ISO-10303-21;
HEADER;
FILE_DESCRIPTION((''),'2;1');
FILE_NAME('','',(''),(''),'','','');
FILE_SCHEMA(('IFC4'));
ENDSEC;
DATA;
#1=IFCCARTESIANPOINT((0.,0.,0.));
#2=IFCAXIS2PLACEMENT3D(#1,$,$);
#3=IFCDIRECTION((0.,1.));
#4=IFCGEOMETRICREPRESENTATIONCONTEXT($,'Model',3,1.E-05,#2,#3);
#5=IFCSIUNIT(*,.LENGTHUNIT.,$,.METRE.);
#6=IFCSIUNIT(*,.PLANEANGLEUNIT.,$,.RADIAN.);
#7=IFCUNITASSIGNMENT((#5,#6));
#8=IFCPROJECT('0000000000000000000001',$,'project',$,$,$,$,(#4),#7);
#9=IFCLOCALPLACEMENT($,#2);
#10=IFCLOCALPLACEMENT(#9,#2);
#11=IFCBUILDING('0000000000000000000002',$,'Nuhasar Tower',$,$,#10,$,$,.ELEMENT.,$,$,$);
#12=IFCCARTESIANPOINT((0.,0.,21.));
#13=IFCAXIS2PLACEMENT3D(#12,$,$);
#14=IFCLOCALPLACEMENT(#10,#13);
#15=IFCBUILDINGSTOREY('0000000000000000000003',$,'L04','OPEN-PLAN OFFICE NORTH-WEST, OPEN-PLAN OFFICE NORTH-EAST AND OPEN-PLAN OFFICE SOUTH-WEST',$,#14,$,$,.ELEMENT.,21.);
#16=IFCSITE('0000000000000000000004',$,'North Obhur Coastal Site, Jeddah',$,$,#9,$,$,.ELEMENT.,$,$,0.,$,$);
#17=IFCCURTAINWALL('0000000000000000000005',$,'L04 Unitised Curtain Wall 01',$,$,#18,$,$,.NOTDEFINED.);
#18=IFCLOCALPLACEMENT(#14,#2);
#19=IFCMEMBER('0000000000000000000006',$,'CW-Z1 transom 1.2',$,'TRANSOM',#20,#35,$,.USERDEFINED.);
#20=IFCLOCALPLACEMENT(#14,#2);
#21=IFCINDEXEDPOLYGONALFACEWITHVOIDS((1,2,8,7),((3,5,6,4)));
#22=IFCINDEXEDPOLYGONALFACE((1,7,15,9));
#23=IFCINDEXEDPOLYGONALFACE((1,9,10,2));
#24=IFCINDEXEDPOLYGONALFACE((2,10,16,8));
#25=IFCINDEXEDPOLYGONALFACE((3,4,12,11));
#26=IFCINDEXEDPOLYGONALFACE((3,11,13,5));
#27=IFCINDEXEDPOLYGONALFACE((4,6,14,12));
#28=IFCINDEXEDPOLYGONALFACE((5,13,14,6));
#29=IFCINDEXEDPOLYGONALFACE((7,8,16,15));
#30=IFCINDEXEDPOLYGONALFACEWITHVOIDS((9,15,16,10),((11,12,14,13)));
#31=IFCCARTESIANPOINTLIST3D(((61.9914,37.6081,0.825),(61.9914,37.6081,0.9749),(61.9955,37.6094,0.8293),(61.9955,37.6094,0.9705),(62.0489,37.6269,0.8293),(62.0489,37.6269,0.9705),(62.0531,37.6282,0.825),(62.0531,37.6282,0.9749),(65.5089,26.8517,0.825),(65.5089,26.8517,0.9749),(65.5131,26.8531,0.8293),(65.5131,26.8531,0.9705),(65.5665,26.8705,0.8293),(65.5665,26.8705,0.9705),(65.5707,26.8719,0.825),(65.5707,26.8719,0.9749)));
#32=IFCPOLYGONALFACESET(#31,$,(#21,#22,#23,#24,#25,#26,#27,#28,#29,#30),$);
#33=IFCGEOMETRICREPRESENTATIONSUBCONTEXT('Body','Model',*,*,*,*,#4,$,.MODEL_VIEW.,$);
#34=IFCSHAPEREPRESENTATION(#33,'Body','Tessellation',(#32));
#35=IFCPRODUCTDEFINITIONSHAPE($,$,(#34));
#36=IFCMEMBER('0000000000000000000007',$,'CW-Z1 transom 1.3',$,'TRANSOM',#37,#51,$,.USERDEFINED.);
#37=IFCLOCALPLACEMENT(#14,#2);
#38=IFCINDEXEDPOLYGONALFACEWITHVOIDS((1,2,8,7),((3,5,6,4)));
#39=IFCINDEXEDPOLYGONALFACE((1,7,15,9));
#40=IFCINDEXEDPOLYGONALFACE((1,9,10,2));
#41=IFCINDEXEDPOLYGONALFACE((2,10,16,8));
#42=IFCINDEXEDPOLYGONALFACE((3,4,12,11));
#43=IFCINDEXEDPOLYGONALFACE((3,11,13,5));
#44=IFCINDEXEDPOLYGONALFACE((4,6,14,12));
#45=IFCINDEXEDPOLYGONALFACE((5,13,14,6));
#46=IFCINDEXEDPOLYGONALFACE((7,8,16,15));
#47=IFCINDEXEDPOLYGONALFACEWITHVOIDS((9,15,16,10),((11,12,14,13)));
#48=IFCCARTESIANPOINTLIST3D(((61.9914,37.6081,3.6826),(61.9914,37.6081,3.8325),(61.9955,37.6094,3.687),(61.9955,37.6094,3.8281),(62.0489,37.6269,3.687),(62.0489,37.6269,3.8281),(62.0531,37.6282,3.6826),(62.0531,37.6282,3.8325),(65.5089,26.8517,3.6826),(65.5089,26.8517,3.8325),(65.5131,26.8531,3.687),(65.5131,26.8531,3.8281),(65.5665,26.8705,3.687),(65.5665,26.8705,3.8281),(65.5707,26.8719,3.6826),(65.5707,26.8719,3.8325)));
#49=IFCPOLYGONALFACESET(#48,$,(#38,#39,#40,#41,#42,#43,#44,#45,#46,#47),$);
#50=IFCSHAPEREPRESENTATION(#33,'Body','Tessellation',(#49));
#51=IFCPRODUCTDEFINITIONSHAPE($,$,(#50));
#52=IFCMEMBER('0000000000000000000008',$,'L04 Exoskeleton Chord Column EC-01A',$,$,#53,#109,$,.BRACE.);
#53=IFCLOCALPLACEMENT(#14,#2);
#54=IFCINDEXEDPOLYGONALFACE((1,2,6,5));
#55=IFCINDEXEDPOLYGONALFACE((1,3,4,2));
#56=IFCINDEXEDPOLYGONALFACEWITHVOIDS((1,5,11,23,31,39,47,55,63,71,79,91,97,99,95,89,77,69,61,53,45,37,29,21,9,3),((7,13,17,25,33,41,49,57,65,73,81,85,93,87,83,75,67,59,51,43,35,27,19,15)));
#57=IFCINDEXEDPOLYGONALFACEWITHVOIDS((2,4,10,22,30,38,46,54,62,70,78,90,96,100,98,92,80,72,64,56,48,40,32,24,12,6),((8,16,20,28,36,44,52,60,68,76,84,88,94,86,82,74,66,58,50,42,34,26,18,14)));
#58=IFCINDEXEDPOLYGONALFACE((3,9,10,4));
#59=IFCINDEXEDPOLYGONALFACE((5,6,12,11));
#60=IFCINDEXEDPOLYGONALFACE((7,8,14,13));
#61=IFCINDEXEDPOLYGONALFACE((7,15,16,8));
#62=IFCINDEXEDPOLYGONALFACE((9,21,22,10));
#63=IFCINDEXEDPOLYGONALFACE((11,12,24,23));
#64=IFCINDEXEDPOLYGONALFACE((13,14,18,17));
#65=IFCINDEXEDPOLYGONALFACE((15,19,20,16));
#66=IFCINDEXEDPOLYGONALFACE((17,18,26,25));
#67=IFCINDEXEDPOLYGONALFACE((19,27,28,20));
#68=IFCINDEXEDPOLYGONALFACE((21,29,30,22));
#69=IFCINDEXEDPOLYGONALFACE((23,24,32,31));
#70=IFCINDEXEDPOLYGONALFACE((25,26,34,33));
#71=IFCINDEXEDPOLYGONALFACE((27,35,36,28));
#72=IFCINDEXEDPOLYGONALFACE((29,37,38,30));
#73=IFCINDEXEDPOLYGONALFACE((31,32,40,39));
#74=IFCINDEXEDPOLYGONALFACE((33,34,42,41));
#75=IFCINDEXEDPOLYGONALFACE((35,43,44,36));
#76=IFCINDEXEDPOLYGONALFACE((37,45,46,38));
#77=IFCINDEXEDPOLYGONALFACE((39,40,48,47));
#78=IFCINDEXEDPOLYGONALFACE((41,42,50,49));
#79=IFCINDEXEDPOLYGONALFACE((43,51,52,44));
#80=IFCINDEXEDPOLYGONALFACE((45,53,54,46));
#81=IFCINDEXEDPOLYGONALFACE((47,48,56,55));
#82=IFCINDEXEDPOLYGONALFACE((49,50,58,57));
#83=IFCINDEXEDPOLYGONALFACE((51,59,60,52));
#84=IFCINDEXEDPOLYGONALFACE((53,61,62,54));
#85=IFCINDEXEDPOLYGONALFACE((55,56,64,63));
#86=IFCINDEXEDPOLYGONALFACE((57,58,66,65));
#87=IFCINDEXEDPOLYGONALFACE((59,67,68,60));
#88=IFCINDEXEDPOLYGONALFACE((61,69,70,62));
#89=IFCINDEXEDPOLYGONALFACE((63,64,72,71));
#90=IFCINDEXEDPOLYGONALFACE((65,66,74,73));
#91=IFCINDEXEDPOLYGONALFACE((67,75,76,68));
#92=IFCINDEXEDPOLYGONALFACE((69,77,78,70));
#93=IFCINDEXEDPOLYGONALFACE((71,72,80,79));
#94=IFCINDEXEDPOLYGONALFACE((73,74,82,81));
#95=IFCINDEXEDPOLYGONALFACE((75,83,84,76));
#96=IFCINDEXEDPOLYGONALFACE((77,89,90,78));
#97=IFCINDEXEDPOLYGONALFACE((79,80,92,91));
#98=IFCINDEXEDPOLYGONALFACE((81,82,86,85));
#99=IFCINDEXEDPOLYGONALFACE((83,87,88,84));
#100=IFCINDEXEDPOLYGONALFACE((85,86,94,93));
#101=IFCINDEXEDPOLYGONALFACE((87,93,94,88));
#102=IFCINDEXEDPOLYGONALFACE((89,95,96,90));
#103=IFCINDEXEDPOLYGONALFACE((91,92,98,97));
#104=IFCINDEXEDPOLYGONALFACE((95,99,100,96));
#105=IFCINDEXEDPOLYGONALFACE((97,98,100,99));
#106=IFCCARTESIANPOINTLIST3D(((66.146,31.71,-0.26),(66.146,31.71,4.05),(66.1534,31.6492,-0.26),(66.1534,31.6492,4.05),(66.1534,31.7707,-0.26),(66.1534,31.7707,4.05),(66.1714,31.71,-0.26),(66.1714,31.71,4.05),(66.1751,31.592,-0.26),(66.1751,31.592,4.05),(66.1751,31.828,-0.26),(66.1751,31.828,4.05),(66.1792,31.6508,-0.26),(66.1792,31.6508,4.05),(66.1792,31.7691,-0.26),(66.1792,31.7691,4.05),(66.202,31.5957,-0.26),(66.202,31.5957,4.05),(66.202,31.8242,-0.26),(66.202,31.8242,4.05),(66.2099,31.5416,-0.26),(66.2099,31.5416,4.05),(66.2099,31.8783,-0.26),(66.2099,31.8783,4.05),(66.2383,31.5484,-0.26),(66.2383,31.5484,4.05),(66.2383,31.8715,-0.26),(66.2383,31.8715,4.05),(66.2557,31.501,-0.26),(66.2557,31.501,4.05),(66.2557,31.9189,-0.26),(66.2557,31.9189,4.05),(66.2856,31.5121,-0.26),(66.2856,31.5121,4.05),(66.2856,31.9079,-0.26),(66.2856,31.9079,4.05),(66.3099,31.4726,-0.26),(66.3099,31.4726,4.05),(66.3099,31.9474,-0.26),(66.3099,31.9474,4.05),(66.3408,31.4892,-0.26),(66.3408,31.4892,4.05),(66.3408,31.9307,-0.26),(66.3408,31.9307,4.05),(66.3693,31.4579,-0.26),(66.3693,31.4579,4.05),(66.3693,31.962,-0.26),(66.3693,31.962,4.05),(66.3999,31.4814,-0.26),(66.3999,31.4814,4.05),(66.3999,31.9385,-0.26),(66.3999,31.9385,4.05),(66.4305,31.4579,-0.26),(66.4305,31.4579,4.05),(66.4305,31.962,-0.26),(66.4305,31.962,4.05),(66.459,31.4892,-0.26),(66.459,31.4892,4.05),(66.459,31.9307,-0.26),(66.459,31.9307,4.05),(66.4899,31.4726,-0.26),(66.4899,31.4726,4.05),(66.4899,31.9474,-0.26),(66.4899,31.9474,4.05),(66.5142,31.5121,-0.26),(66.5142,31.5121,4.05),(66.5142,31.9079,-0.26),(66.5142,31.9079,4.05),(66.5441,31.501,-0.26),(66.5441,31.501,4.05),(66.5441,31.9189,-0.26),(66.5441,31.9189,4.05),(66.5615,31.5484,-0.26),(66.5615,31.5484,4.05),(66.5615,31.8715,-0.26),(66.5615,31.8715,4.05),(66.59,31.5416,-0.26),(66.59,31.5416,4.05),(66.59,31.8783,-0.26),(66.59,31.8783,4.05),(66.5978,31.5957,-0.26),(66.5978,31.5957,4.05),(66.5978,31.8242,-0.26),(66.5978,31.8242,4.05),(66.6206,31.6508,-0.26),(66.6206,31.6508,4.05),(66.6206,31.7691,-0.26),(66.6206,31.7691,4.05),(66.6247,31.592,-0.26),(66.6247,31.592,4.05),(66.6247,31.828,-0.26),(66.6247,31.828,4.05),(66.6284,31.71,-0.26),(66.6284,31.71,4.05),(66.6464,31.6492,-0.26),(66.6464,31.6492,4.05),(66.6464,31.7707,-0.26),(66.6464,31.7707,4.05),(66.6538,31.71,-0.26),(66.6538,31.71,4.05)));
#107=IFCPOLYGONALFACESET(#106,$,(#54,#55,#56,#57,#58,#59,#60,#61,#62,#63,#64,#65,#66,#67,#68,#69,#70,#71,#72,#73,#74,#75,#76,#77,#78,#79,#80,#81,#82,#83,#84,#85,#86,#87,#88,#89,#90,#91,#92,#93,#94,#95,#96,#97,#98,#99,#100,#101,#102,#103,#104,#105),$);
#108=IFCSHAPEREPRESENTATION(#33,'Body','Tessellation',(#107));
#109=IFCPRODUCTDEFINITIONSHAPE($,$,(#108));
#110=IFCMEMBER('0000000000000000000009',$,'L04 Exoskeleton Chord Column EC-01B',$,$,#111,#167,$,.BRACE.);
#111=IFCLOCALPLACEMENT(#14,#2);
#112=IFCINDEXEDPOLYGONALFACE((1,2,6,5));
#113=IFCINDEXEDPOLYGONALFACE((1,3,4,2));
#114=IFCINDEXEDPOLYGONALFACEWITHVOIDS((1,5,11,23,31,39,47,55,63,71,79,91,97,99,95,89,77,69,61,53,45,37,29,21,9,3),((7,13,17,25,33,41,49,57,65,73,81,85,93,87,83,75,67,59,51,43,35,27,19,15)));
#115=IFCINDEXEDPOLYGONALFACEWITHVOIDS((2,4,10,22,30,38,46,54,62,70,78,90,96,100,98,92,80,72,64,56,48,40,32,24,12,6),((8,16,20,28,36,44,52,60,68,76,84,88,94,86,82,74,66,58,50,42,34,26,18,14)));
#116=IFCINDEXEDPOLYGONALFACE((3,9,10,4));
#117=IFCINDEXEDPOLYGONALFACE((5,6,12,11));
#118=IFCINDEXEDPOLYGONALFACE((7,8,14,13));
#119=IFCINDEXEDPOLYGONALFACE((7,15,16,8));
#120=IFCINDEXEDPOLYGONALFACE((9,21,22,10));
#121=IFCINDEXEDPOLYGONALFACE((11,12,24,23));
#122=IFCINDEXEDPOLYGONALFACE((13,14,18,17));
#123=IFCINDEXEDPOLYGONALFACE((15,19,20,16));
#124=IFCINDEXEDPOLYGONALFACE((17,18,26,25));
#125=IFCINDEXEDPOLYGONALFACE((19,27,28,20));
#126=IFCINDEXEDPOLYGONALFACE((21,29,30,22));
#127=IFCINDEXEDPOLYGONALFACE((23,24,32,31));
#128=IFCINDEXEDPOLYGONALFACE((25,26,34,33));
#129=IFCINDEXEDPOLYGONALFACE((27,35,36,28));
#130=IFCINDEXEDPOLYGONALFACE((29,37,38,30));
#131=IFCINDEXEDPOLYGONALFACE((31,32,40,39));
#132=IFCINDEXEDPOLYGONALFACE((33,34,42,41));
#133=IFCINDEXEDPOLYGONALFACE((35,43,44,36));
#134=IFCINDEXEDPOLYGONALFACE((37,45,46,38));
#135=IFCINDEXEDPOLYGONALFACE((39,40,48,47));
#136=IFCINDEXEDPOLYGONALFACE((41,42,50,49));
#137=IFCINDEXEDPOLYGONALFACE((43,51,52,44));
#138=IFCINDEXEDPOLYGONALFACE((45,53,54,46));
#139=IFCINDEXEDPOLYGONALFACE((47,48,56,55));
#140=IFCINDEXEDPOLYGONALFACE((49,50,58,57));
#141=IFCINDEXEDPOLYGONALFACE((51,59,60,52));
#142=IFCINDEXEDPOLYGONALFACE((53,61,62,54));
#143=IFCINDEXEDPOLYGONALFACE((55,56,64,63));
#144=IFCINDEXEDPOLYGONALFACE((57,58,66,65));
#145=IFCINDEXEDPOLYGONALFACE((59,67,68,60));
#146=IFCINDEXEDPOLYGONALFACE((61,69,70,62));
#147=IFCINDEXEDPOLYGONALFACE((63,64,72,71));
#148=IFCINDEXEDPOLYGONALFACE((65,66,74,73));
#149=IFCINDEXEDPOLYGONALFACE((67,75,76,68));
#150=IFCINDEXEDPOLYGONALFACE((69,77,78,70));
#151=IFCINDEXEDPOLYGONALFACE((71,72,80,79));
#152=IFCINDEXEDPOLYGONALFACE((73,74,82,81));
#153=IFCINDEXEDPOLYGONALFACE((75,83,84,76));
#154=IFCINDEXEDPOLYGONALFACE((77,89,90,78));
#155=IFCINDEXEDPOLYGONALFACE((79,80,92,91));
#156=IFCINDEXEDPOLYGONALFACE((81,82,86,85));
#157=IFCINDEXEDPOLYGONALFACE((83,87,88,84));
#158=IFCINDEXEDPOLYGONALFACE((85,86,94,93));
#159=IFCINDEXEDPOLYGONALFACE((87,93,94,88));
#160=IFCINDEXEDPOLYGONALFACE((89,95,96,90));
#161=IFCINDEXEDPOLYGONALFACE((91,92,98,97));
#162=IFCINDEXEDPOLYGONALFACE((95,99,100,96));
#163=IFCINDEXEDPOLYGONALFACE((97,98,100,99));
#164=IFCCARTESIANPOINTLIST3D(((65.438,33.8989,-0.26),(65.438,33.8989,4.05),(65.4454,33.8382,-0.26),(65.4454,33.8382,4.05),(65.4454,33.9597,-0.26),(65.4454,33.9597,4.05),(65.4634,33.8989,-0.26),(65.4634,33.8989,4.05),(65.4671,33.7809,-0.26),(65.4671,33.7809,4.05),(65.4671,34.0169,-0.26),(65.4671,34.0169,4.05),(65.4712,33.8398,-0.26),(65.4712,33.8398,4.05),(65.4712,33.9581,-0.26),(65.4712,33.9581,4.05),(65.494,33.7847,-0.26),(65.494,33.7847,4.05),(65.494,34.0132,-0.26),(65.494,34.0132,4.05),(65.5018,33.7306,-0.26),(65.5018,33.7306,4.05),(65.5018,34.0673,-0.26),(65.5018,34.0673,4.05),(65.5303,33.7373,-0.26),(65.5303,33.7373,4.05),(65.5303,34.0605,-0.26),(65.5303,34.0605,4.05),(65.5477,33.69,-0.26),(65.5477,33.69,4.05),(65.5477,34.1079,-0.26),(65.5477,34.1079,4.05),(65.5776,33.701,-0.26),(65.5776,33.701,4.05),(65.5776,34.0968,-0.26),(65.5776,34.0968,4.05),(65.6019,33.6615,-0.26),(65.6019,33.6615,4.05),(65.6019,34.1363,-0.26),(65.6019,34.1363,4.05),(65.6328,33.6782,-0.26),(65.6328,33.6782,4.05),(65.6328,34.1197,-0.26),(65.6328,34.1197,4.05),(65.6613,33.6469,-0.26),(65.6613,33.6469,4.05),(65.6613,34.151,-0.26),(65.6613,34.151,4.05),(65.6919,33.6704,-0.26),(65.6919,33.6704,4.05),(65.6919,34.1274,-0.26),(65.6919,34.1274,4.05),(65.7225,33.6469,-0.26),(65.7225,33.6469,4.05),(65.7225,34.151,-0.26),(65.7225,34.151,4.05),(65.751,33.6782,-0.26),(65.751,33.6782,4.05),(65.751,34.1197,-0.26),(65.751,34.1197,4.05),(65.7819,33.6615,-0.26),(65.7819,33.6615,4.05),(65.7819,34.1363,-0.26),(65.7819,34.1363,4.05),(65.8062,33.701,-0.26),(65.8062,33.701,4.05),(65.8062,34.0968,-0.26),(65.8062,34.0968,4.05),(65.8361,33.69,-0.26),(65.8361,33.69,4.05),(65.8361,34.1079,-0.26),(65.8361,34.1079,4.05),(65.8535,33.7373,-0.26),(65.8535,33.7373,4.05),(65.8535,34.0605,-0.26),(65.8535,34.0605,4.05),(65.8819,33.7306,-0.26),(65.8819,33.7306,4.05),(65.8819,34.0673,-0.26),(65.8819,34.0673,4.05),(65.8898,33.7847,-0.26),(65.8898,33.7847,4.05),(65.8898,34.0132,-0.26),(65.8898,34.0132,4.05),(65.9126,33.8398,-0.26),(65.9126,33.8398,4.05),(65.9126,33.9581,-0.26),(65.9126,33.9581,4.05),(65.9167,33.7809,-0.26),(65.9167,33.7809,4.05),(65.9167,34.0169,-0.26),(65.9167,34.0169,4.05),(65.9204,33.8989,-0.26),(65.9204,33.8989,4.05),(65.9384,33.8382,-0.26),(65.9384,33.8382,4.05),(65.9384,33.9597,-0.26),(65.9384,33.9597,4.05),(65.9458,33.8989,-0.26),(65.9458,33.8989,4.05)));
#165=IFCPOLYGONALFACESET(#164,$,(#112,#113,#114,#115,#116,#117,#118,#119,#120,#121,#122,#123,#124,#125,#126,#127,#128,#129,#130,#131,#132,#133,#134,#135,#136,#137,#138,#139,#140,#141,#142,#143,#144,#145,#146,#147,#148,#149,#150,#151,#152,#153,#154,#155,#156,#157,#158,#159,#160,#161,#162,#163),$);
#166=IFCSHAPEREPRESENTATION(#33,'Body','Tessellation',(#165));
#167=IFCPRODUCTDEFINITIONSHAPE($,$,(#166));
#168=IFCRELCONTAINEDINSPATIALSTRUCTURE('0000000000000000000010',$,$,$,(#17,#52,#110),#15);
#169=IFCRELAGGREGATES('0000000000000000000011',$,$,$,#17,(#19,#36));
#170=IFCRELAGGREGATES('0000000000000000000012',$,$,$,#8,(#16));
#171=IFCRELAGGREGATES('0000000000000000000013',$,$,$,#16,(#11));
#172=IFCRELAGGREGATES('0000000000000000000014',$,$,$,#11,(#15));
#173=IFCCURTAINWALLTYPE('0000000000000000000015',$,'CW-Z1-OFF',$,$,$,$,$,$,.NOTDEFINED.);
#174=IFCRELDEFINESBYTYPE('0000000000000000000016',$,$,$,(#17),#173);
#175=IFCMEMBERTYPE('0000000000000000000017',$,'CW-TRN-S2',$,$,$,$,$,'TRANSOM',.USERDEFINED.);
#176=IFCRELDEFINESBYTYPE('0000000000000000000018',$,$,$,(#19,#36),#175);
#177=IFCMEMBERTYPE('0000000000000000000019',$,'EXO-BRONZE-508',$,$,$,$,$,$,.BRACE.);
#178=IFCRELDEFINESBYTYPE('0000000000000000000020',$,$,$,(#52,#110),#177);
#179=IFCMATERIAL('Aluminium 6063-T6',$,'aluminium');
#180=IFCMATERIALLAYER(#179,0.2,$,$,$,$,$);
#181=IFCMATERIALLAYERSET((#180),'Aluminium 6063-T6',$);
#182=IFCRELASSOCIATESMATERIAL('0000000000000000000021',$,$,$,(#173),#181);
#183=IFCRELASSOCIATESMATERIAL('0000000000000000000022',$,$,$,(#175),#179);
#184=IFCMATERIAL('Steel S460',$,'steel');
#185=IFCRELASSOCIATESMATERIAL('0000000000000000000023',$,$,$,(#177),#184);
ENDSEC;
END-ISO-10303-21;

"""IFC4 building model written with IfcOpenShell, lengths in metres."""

from ifc_helpers import new_model, si_unit, direction, frame, origin, origin_2d, place, context, subcontext, project, spatial, hollow_rectangle, hollow_circle, extrude, material, layer, layer_set, material_profile, profile_set, type_object, element, aggregate, save


model = new_model("IFC4")

# Units and contexts
model_context = context("Model", 3, precision=1e-05, world=origin(), true_north=direction((0.0, 1.0)))
body_context = subcontext(model_context, "Body", "Model", "MODEL_VIEW")
ifc_project = project(units=[si_unit("LENGTHUNIT", "METRE"), si_unit("PLANEANGLEUNIT", "RADIAN")], contexts=[model_context])

# Site, building, storey
site_placement = place(None, origin())
site = spatial("IfcSite", under=ifc_project, at=site_placement, Name="North Obhur Coastal Site, Jeddah", CompositionType="ELEMENT", RefElevation=0.0)
building_placement = place(site_placement, origin())
building = spatial("IfcBuilding", under=site, at=building_placement, Name="Nuhasar Tower", CompositionType="ELEMENT")
storey_placement = place(building_placement, frame((0.0, 0.0, 21.0)))
storey = spatial("IfcBuildingStorey", under=building, at=storey_placement, Name="L04", Description="OPEN-PLAN OFFICE NORTH-WEST, OPEN-PLAN OFFICE NORTH-EAST AND OPEN-PLAN OFFICE SOUTH-WEST", CompositionType="ELEMENT", Elevation=21.0)

# Shared definitions
ifc_material_1 = material(Name="Steel S460", Category="steel")

# Curtain wall, members
ifc_material_2 = material(Name="Aluminium 6063-T6", Category="aluminium")
ifc_layer_1 = layer(ifc_material_2, 0.2)
ifc_layer_set_1 = layer_set([ifc_layer_1], Name="Aluminium 6063-T6")
curtain_wall_type = type_object("IfcCurtainWallType", Name="CW-Z1-OFF", PredefinedType="NOTDEFINED", material=ifc_layer_set_1)
curtain_wall_placement = place(storey_placement, origin())
curtain_wall = element("IfcCurtainWall", 1, at=curtain_wall_placement, inside=storey, type_object=curtain_wall_type, Name="L04 Unitised Curtain Wall 01", PredefinedType="NOTDEFINED")
ifc_material_profile_1 = material_profile(ifc_material_2, hollow_rectangle(XDim=0.0649, YDim=0.1499, WallThickness=0.0044, at=origin_2d()), Name="CWT-2")
ifc_profile_set_1 = profile_set([ifc_material_profile_1], Name="Aluminium 6063-T6")
member_type_1 = type_object("IfcMemberType", Name="CW-TRN-S2", ElementType="TRANSOM", PredefinedType="USERDEFINED", material=ifc_profile_set_1)
member_1_placement = place(storey_placement, frame((65.5398, 26.8618, 0.8999), z_axis=(-0.310825, 0.950467, 0.0), x_axis=(-0.950467, -0.310825, 0.0)))
member_1 = element("IfcMember", 2, at=member_1_placement, type_object=member_type_1, Name="CW-Z1 transom 1.2", ObjectType="TRANSOM", PredefinedType="USERDEFINED", context=body_context, shape_type="SweptSolid", body=[
    extrude(hollow_rectangle(XDim=0.0649, YDim=0.1499, WallThickness=0.0044, at=origin_2d()), origin(), (0.0, 0.0, 1.0), 11.3169),
])
member_2_placement = place(storey_placement, frame((65.5398, 26.8618, 3.7576), z_axis=(-0.310825, 0.950467, 0.0), x_axis=(-0.950467, -0.310825, 0.0)))
member_2 = element("IfcMember", 3, at=member_2_placement, type_object=member_type_1, Name="CW-Z1 transom 1.3", ObjectType="TRANSOM", PredefinedType="USERDEFINED", context=body_context, shape_type="SweptSolid", body=[
    extrude(hollow_rectangle(XDim=0.0649, YDim=0.1499, WallThickness=0.0044, at=origin_2d()), origin(), (0.0, 0.0, 1.0), 11.3169),
])

# Members
ifc_material_profile_2 = material_profile(ifc_material_1, hollow_circle(Radius=0.2539, WallThickness=0.0254, at=origin_2d()), Name="HSS508X25.4")
ifc_profile_set_2 = profile_set([ifc_material_profile_2], Name="Steel S460")
member_type_2 = type_object("IfcMemberType", Name="EXO-BRONZE-508", PredefinedType="BRACE", material=ifc_profile_set_2)
for number, where, z_axis, x_axis, name in (
    (4, (66.3999, 31.71, -0.26), (0.0, 0.0, 1.0), (1.0, 0.0, 0.0), "L04 Exoskeleton Chord Column EC-01A"),
    (5, (65.6919, 33.8989, -0.26), (0.0, 0.0, 1.0), (1.0, 0.0, 0.0), "L04 Exoskeleton Chord Column EC-01B"),
):
    element("IfcMember", number, at=place(storey_placement, frame(where, z_axis=z_axis, x_axis=x_axis)), inside=storey, type_object=member_type_2, Name=name, PredefinedType="BRACE", context=body_context, shape_type="SweptSolid", body=[
        extrude(hollow_circle(Radius=0.2539, WallThickness=0.0254, at=origin_2d()), origin(), (0.0, 0.0, 1.0), 4.3101),
    ])

aggregate(curtain_wall, [member_1, member_2])

save(model, "model.ifc")
